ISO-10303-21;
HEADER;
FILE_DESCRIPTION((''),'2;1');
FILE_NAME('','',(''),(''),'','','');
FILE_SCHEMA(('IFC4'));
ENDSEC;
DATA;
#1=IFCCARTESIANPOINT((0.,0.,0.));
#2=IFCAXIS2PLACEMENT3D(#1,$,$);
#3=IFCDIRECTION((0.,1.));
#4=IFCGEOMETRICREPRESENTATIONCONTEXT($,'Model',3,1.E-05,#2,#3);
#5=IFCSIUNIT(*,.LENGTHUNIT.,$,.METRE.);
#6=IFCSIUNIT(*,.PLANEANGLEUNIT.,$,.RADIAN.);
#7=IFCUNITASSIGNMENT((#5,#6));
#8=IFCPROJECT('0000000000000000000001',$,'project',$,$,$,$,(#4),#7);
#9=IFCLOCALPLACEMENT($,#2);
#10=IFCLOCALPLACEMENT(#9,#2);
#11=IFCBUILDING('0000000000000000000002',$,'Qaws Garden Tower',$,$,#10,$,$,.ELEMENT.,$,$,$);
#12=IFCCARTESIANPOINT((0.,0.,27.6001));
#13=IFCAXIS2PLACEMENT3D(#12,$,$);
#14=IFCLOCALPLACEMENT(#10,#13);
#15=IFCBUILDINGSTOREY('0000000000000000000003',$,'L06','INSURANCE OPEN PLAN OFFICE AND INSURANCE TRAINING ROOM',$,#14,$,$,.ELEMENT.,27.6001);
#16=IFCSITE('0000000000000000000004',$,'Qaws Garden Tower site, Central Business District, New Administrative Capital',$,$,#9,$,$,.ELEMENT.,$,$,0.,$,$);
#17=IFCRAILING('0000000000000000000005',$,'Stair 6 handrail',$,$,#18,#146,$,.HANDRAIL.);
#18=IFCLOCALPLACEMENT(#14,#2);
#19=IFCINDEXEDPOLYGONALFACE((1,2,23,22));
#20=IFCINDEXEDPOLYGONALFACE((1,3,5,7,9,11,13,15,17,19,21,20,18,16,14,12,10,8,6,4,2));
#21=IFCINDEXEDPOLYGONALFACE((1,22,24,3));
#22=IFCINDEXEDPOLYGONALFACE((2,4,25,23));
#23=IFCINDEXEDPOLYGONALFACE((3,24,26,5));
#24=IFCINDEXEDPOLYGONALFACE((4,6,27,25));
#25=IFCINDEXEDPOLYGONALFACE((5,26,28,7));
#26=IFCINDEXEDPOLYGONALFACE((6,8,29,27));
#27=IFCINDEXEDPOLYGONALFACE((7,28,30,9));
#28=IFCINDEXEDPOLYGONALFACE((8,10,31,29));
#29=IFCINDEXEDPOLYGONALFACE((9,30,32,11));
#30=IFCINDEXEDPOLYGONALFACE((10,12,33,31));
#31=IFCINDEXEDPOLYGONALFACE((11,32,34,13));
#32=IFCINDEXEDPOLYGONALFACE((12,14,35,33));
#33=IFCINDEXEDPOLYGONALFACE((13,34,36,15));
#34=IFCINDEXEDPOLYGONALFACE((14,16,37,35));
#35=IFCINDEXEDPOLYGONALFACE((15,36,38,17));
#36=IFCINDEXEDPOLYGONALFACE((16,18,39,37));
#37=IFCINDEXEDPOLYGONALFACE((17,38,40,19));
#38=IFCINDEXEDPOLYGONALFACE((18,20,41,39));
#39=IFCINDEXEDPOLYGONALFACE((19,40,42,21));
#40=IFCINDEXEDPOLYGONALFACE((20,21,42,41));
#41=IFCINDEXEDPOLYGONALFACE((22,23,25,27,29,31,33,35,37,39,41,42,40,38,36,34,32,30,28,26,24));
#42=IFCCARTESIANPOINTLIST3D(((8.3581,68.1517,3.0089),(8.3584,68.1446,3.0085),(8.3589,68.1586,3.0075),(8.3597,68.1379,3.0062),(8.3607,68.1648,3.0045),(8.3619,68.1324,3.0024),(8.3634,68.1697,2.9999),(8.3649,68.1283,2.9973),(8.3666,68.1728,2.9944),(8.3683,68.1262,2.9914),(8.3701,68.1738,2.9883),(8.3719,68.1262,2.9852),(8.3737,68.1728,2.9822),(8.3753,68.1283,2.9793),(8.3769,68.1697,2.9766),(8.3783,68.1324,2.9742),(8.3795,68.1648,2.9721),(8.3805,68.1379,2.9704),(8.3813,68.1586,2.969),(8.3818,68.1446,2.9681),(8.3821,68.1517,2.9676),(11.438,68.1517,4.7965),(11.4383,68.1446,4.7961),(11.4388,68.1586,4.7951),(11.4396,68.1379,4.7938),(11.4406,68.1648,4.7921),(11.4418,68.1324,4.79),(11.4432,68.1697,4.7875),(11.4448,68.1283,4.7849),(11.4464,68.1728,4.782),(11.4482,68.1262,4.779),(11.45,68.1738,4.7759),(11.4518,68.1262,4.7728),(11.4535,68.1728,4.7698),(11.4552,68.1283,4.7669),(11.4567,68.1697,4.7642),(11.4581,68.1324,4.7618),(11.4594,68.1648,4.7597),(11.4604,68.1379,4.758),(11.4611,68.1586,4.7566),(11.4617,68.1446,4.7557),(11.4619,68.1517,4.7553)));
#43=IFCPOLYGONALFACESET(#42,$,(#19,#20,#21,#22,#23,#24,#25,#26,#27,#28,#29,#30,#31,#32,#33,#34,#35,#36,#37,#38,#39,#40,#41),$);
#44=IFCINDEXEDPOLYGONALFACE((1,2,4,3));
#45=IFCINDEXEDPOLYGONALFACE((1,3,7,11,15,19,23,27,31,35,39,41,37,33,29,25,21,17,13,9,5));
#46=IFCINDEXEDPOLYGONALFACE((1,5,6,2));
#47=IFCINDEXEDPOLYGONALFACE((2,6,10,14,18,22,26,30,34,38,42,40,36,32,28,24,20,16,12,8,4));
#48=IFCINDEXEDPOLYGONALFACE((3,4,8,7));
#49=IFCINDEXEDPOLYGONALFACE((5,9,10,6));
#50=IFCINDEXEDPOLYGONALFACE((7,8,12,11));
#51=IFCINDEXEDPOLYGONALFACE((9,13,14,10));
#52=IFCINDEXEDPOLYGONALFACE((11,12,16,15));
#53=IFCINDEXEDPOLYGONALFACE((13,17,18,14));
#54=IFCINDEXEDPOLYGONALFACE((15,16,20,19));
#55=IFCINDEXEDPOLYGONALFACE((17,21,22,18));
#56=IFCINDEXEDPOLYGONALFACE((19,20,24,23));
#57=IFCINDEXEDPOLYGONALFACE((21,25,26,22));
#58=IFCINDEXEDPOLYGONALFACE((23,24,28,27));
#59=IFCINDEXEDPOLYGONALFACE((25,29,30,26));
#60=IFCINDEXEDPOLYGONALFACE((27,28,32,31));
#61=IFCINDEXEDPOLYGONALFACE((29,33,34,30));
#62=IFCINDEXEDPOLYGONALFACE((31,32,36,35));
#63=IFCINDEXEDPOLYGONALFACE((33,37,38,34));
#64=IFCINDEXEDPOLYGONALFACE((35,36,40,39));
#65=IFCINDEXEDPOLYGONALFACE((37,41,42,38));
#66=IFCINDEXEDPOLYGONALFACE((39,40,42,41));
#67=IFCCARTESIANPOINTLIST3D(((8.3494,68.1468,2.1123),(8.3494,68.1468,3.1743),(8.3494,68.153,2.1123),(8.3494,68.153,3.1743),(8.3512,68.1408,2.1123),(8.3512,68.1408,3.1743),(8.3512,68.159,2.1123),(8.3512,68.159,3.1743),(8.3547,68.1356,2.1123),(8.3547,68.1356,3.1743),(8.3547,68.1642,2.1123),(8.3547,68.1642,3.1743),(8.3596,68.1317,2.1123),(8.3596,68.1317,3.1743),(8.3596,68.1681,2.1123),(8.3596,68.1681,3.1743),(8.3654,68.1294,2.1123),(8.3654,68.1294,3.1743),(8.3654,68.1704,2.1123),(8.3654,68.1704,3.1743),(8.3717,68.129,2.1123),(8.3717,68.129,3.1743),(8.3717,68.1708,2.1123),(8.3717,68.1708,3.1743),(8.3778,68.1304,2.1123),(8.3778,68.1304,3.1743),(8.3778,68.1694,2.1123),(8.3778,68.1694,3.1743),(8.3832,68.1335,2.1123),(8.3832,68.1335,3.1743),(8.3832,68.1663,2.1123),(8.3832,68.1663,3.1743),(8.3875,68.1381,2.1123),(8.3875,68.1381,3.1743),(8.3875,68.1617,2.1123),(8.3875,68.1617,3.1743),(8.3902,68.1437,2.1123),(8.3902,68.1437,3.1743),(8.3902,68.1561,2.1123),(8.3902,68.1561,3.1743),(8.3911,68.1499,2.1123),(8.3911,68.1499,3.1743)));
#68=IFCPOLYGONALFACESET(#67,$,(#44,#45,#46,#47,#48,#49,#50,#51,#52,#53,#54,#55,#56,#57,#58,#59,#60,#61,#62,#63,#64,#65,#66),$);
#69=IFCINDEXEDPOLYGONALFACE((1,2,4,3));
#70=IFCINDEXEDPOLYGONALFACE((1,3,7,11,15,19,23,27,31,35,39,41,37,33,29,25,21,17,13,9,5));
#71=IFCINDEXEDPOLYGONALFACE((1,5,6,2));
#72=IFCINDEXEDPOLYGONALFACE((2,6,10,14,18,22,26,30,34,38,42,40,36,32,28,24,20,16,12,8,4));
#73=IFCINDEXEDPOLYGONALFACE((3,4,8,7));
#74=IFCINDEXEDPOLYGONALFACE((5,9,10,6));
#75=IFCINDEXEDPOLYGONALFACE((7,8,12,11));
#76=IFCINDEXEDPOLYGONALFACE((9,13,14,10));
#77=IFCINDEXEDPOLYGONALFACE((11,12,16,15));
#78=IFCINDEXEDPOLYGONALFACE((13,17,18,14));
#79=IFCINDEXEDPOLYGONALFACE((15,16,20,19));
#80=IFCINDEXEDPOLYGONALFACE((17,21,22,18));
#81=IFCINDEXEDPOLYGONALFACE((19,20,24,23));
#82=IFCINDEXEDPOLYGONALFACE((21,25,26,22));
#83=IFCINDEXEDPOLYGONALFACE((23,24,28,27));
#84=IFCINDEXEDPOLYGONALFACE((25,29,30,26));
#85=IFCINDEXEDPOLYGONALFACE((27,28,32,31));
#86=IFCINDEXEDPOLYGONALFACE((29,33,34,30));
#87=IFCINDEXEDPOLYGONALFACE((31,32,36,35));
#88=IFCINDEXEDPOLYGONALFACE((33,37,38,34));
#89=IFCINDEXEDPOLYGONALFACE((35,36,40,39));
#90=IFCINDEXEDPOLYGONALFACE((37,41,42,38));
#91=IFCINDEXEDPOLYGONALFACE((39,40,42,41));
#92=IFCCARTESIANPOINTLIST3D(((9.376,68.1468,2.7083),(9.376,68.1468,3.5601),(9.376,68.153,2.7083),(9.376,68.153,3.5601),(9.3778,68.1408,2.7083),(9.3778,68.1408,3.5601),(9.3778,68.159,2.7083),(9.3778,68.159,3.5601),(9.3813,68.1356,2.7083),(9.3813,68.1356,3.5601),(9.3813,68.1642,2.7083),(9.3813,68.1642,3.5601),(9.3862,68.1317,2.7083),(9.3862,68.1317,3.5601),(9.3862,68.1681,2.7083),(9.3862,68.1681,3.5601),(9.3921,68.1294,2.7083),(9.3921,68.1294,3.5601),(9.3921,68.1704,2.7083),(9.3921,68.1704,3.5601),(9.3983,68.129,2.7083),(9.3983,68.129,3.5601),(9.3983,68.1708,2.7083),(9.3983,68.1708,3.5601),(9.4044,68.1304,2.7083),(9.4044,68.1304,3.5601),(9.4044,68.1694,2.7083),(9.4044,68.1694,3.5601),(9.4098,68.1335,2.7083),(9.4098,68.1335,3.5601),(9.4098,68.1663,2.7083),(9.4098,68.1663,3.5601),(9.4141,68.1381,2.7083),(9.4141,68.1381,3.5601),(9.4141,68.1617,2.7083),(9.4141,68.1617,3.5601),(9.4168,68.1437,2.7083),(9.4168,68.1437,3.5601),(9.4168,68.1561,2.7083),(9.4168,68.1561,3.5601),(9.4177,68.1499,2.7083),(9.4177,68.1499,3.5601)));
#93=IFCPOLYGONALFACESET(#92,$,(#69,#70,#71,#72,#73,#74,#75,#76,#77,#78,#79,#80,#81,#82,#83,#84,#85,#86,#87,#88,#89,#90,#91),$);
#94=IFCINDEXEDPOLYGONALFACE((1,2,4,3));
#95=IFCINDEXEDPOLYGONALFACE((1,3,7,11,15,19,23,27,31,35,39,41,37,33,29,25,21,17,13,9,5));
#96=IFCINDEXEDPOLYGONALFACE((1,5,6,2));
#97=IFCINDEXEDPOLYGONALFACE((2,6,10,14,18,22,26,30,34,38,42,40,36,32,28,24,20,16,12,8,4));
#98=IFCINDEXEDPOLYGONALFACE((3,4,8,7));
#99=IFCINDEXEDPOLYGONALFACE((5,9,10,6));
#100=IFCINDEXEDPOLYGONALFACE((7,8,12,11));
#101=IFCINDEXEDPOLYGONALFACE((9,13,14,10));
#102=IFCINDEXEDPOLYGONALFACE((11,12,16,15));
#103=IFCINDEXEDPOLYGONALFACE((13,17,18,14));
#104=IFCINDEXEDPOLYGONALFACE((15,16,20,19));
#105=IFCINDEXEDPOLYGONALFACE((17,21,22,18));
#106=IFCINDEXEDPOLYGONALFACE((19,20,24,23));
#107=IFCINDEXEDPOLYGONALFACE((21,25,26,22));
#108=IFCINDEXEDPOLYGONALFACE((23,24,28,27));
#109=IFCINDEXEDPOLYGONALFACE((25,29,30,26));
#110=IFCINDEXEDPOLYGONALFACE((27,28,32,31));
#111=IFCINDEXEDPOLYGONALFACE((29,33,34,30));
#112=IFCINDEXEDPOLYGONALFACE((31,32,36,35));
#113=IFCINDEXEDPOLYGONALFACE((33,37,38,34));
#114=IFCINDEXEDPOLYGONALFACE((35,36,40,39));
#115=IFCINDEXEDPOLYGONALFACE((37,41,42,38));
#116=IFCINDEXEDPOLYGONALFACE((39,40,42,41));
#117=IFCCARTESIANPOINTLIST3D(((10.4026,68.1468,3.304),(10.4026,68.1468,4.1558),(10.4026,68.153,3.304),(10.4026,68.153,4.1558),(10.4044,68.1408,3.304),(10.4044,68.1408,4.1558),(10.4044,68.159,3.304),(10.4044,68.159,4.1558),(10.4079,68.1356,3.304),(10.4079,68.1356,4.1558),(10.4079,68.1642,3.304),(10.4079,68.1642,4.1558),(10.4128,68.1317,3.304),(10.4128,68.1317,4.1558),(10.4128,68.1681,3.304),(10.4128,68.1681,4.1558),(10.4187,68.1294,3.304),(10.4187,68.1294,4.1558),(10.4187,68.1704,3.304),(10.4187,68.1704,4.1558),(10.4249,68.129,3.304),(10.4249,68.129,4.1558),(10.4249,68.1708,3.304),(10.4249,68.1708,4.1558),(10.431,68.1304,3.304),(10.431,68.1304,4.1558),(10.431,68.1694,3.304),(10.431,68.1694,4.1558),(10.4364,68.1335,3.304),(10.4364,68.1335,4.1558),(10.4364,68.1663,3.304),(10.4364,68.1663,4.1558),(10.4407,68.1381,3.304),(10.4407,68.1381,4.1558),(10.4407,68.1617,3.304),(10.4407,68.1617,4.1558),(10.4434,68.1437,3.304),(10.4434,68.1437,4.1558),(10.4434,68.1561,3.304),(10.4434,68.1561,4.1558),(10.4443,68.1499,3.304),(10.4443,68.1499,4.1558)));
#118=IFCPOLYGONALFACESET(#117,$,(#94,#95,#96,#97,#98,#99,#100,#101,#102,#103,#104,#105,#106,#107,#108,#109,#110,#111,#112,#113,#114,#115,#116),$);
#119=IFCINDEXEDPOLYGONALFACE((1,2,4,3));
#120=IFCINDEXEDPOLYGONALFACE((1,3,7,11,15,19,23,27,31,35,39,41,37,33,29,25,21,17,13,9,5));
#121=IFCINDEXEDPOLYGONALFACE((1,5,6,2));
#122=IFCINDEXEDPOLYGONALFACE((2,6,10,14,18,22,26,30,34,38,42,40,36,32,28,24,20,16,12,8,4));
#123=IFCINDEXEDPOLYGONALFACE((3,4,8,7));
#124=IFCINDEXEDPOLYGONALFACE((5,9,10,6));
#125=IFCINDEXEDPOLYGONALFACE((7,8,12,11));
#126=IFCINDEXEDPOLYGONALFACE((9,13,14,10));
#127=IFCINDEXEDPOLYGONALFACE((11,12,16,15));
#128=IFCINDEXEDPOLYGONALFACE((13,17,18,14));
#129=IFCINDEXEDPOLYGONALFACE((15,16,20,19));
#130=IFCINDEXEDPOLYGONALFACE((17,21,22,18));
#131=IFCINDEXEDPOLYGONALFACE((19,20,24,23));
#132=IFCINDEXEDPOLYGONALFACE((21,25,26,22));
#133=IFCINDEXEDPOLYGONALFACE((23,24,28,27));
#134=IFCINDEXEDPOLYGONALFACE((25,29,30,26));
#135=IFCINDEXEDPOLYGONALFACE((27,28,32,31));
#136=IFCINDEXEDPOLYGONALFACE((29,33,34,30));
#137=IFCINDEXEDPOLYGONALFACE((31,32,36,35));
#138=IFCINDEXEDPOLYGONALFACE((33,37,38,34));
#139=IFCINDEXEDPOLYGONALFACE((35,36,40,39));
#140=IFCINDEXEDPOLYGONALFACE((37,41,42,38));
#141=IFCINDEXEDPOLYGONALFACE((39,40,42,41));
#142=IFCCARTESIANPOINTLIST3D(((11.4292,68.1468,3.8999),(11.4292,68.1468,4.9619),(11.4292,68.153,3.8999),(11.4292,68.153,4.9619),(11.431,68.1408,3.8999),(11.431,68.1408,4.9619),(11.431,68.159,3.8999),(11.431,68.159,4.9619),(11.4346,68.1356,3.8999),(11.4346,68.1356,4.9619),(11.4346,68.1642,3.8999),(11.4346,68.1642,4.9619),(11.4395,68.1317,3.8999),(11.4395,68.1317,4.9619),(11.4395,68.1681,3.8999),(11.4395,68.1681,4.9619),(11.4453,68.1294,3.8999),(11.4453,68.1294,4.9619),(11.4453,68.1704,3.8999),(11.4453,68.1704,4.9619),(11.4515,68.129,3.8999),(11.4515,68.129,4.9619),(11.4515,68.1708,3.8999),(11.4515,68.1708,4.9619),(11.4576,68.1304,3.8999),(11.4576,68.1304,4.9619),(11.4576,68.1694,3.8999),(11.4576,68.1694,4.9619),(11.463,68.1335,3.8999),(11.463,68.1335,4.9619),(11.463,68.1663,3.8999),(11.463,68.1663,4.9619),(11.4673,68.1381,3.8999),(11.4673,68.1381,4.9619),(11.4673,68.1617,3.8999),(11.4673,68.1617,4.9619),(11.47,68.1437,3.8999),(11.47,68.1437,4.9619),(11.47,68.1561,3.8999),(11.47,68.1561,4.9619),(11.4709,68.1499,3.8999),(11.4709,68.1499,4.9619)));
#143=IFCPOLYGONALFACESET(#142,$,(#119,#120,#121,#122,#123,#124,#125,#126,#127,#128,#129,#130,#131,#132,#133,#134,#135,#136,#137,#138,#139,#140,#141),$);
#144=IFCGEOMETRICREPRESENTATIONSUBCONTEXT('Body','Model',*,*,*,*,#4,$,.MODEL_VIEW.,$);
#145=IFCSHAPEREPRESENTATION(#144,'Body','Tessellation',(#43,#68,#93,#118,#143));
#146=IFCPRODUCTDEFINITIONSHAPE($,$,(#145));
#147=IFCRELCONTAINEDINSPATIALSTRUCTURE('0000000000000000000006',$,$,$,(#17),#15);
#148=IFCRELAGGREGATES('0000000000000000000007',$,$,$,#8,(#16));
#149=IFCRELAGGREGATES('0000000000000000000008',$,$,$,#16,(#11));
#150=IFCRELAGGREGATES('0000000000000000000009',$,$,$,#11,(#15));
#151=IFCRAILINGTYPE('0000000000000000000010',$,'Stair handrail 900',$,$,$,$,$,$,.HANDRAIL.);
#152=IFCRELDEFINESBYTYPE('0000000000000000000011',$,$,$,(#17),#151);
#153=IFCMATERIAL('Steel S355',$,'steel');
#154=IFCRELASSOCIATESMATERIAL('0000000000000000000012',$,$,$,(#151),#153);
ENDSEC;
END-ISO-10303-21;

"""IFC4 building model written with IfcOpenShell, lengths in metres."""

from ifc_helpers import new_model, si_unit, direction, frame, origin, origin_2d, place, context, subcontext, project, spatial, circle, extrude, material, type_object, element, save


model = new_model("IFC4")

# Units and contexts
model_context = context("Model", 3, precision=1e-05, world=origin(), true_north=direction((0.0, 1.0)))
body_context = subcontext(model_context, "Body", "Model", "MODEL_VIEW")
ifc_project = project(units=[si_unit("LENGTHUNIT", "METRE"), si_unit("PLANEANGLEUNIT", "RADIAN")], contexts=[model_context])

# Site, building, storey
site_placement = place(None, origin())
site = spatial("IfcSite", under=ifc_project, at=site_placement, Name="Qaws Garden Tower site, Central Business District, New Administrative Capital", CompositionType="ELEMENT", RefElevation=0.0)
building_placement = place(site_placement, origin())
building = spatial("IfcBuilding", under=site, at=building_placement, Name="Qaws Garden Tower", CompositionType="ELEMENT")
storey_placement = place(building_placement, frame((0.0, 0.0, 27.6001)))
storey = spatial("IfcBuildingStorey", under=building, at=storey_placement, Name="L06", Description="INSURANCE OPEN PLAN OFFICE AND INSURANCE TRAINING ROOM", CompositionType="ELEMENT", Elevation=27.6001)

# Railing
ifc_material_1 = material(Name="Steel S355", Category="steel")
railing_type = type_object("IfcRailingType", Name="Stair handrail 900", PredefinedType="HANDRAIL", material=ifc_material_1)
railing_1_placement = place(storey_placement, frame((8.3701, 68.1499, 2.1123)))
element("IfcRailing", 1, at=railing_1_placement, inside=storey, type_object=railing_type, Name="Stair 6 handrail", PredefinedType="HANDRAIL", context=body_context, shape_type="SweptSolid", body=[
    extrude(circle(Radius=0.0239, at=origin_2d()), frame((0.0, 0.0, 0.876), z_axis=(0.864873, 0.0, 0.50199), x_axis=(0.0, 1.0, 0.0)), (0.0, 0.0, 1.0), 3.561),
    extrude(circle(Radius=0.021, at=origin_2d()), origin(), (0.0, 0.0, 1.0), 1.062),
    extrude(circle(Radius=0.021, at=origin_2d()), frame((1.0266, 0.0, 0.5959)), (0.0, 0.0, 1.0), 0.8518),
    extrude(circle(Radius=0.021, at=origin_2d()), frame((2.0532, 0.0, 1.1917)), (0.0, 0.0, 1.0), 0.8518),
    extrude(circle(Radius=0.021, at=origin_2d()), frame((3.0798, 0.0, 1.7876)), (0.0, 0.0, 1.0), 1.062),
])

save(model, "model.ifc")
